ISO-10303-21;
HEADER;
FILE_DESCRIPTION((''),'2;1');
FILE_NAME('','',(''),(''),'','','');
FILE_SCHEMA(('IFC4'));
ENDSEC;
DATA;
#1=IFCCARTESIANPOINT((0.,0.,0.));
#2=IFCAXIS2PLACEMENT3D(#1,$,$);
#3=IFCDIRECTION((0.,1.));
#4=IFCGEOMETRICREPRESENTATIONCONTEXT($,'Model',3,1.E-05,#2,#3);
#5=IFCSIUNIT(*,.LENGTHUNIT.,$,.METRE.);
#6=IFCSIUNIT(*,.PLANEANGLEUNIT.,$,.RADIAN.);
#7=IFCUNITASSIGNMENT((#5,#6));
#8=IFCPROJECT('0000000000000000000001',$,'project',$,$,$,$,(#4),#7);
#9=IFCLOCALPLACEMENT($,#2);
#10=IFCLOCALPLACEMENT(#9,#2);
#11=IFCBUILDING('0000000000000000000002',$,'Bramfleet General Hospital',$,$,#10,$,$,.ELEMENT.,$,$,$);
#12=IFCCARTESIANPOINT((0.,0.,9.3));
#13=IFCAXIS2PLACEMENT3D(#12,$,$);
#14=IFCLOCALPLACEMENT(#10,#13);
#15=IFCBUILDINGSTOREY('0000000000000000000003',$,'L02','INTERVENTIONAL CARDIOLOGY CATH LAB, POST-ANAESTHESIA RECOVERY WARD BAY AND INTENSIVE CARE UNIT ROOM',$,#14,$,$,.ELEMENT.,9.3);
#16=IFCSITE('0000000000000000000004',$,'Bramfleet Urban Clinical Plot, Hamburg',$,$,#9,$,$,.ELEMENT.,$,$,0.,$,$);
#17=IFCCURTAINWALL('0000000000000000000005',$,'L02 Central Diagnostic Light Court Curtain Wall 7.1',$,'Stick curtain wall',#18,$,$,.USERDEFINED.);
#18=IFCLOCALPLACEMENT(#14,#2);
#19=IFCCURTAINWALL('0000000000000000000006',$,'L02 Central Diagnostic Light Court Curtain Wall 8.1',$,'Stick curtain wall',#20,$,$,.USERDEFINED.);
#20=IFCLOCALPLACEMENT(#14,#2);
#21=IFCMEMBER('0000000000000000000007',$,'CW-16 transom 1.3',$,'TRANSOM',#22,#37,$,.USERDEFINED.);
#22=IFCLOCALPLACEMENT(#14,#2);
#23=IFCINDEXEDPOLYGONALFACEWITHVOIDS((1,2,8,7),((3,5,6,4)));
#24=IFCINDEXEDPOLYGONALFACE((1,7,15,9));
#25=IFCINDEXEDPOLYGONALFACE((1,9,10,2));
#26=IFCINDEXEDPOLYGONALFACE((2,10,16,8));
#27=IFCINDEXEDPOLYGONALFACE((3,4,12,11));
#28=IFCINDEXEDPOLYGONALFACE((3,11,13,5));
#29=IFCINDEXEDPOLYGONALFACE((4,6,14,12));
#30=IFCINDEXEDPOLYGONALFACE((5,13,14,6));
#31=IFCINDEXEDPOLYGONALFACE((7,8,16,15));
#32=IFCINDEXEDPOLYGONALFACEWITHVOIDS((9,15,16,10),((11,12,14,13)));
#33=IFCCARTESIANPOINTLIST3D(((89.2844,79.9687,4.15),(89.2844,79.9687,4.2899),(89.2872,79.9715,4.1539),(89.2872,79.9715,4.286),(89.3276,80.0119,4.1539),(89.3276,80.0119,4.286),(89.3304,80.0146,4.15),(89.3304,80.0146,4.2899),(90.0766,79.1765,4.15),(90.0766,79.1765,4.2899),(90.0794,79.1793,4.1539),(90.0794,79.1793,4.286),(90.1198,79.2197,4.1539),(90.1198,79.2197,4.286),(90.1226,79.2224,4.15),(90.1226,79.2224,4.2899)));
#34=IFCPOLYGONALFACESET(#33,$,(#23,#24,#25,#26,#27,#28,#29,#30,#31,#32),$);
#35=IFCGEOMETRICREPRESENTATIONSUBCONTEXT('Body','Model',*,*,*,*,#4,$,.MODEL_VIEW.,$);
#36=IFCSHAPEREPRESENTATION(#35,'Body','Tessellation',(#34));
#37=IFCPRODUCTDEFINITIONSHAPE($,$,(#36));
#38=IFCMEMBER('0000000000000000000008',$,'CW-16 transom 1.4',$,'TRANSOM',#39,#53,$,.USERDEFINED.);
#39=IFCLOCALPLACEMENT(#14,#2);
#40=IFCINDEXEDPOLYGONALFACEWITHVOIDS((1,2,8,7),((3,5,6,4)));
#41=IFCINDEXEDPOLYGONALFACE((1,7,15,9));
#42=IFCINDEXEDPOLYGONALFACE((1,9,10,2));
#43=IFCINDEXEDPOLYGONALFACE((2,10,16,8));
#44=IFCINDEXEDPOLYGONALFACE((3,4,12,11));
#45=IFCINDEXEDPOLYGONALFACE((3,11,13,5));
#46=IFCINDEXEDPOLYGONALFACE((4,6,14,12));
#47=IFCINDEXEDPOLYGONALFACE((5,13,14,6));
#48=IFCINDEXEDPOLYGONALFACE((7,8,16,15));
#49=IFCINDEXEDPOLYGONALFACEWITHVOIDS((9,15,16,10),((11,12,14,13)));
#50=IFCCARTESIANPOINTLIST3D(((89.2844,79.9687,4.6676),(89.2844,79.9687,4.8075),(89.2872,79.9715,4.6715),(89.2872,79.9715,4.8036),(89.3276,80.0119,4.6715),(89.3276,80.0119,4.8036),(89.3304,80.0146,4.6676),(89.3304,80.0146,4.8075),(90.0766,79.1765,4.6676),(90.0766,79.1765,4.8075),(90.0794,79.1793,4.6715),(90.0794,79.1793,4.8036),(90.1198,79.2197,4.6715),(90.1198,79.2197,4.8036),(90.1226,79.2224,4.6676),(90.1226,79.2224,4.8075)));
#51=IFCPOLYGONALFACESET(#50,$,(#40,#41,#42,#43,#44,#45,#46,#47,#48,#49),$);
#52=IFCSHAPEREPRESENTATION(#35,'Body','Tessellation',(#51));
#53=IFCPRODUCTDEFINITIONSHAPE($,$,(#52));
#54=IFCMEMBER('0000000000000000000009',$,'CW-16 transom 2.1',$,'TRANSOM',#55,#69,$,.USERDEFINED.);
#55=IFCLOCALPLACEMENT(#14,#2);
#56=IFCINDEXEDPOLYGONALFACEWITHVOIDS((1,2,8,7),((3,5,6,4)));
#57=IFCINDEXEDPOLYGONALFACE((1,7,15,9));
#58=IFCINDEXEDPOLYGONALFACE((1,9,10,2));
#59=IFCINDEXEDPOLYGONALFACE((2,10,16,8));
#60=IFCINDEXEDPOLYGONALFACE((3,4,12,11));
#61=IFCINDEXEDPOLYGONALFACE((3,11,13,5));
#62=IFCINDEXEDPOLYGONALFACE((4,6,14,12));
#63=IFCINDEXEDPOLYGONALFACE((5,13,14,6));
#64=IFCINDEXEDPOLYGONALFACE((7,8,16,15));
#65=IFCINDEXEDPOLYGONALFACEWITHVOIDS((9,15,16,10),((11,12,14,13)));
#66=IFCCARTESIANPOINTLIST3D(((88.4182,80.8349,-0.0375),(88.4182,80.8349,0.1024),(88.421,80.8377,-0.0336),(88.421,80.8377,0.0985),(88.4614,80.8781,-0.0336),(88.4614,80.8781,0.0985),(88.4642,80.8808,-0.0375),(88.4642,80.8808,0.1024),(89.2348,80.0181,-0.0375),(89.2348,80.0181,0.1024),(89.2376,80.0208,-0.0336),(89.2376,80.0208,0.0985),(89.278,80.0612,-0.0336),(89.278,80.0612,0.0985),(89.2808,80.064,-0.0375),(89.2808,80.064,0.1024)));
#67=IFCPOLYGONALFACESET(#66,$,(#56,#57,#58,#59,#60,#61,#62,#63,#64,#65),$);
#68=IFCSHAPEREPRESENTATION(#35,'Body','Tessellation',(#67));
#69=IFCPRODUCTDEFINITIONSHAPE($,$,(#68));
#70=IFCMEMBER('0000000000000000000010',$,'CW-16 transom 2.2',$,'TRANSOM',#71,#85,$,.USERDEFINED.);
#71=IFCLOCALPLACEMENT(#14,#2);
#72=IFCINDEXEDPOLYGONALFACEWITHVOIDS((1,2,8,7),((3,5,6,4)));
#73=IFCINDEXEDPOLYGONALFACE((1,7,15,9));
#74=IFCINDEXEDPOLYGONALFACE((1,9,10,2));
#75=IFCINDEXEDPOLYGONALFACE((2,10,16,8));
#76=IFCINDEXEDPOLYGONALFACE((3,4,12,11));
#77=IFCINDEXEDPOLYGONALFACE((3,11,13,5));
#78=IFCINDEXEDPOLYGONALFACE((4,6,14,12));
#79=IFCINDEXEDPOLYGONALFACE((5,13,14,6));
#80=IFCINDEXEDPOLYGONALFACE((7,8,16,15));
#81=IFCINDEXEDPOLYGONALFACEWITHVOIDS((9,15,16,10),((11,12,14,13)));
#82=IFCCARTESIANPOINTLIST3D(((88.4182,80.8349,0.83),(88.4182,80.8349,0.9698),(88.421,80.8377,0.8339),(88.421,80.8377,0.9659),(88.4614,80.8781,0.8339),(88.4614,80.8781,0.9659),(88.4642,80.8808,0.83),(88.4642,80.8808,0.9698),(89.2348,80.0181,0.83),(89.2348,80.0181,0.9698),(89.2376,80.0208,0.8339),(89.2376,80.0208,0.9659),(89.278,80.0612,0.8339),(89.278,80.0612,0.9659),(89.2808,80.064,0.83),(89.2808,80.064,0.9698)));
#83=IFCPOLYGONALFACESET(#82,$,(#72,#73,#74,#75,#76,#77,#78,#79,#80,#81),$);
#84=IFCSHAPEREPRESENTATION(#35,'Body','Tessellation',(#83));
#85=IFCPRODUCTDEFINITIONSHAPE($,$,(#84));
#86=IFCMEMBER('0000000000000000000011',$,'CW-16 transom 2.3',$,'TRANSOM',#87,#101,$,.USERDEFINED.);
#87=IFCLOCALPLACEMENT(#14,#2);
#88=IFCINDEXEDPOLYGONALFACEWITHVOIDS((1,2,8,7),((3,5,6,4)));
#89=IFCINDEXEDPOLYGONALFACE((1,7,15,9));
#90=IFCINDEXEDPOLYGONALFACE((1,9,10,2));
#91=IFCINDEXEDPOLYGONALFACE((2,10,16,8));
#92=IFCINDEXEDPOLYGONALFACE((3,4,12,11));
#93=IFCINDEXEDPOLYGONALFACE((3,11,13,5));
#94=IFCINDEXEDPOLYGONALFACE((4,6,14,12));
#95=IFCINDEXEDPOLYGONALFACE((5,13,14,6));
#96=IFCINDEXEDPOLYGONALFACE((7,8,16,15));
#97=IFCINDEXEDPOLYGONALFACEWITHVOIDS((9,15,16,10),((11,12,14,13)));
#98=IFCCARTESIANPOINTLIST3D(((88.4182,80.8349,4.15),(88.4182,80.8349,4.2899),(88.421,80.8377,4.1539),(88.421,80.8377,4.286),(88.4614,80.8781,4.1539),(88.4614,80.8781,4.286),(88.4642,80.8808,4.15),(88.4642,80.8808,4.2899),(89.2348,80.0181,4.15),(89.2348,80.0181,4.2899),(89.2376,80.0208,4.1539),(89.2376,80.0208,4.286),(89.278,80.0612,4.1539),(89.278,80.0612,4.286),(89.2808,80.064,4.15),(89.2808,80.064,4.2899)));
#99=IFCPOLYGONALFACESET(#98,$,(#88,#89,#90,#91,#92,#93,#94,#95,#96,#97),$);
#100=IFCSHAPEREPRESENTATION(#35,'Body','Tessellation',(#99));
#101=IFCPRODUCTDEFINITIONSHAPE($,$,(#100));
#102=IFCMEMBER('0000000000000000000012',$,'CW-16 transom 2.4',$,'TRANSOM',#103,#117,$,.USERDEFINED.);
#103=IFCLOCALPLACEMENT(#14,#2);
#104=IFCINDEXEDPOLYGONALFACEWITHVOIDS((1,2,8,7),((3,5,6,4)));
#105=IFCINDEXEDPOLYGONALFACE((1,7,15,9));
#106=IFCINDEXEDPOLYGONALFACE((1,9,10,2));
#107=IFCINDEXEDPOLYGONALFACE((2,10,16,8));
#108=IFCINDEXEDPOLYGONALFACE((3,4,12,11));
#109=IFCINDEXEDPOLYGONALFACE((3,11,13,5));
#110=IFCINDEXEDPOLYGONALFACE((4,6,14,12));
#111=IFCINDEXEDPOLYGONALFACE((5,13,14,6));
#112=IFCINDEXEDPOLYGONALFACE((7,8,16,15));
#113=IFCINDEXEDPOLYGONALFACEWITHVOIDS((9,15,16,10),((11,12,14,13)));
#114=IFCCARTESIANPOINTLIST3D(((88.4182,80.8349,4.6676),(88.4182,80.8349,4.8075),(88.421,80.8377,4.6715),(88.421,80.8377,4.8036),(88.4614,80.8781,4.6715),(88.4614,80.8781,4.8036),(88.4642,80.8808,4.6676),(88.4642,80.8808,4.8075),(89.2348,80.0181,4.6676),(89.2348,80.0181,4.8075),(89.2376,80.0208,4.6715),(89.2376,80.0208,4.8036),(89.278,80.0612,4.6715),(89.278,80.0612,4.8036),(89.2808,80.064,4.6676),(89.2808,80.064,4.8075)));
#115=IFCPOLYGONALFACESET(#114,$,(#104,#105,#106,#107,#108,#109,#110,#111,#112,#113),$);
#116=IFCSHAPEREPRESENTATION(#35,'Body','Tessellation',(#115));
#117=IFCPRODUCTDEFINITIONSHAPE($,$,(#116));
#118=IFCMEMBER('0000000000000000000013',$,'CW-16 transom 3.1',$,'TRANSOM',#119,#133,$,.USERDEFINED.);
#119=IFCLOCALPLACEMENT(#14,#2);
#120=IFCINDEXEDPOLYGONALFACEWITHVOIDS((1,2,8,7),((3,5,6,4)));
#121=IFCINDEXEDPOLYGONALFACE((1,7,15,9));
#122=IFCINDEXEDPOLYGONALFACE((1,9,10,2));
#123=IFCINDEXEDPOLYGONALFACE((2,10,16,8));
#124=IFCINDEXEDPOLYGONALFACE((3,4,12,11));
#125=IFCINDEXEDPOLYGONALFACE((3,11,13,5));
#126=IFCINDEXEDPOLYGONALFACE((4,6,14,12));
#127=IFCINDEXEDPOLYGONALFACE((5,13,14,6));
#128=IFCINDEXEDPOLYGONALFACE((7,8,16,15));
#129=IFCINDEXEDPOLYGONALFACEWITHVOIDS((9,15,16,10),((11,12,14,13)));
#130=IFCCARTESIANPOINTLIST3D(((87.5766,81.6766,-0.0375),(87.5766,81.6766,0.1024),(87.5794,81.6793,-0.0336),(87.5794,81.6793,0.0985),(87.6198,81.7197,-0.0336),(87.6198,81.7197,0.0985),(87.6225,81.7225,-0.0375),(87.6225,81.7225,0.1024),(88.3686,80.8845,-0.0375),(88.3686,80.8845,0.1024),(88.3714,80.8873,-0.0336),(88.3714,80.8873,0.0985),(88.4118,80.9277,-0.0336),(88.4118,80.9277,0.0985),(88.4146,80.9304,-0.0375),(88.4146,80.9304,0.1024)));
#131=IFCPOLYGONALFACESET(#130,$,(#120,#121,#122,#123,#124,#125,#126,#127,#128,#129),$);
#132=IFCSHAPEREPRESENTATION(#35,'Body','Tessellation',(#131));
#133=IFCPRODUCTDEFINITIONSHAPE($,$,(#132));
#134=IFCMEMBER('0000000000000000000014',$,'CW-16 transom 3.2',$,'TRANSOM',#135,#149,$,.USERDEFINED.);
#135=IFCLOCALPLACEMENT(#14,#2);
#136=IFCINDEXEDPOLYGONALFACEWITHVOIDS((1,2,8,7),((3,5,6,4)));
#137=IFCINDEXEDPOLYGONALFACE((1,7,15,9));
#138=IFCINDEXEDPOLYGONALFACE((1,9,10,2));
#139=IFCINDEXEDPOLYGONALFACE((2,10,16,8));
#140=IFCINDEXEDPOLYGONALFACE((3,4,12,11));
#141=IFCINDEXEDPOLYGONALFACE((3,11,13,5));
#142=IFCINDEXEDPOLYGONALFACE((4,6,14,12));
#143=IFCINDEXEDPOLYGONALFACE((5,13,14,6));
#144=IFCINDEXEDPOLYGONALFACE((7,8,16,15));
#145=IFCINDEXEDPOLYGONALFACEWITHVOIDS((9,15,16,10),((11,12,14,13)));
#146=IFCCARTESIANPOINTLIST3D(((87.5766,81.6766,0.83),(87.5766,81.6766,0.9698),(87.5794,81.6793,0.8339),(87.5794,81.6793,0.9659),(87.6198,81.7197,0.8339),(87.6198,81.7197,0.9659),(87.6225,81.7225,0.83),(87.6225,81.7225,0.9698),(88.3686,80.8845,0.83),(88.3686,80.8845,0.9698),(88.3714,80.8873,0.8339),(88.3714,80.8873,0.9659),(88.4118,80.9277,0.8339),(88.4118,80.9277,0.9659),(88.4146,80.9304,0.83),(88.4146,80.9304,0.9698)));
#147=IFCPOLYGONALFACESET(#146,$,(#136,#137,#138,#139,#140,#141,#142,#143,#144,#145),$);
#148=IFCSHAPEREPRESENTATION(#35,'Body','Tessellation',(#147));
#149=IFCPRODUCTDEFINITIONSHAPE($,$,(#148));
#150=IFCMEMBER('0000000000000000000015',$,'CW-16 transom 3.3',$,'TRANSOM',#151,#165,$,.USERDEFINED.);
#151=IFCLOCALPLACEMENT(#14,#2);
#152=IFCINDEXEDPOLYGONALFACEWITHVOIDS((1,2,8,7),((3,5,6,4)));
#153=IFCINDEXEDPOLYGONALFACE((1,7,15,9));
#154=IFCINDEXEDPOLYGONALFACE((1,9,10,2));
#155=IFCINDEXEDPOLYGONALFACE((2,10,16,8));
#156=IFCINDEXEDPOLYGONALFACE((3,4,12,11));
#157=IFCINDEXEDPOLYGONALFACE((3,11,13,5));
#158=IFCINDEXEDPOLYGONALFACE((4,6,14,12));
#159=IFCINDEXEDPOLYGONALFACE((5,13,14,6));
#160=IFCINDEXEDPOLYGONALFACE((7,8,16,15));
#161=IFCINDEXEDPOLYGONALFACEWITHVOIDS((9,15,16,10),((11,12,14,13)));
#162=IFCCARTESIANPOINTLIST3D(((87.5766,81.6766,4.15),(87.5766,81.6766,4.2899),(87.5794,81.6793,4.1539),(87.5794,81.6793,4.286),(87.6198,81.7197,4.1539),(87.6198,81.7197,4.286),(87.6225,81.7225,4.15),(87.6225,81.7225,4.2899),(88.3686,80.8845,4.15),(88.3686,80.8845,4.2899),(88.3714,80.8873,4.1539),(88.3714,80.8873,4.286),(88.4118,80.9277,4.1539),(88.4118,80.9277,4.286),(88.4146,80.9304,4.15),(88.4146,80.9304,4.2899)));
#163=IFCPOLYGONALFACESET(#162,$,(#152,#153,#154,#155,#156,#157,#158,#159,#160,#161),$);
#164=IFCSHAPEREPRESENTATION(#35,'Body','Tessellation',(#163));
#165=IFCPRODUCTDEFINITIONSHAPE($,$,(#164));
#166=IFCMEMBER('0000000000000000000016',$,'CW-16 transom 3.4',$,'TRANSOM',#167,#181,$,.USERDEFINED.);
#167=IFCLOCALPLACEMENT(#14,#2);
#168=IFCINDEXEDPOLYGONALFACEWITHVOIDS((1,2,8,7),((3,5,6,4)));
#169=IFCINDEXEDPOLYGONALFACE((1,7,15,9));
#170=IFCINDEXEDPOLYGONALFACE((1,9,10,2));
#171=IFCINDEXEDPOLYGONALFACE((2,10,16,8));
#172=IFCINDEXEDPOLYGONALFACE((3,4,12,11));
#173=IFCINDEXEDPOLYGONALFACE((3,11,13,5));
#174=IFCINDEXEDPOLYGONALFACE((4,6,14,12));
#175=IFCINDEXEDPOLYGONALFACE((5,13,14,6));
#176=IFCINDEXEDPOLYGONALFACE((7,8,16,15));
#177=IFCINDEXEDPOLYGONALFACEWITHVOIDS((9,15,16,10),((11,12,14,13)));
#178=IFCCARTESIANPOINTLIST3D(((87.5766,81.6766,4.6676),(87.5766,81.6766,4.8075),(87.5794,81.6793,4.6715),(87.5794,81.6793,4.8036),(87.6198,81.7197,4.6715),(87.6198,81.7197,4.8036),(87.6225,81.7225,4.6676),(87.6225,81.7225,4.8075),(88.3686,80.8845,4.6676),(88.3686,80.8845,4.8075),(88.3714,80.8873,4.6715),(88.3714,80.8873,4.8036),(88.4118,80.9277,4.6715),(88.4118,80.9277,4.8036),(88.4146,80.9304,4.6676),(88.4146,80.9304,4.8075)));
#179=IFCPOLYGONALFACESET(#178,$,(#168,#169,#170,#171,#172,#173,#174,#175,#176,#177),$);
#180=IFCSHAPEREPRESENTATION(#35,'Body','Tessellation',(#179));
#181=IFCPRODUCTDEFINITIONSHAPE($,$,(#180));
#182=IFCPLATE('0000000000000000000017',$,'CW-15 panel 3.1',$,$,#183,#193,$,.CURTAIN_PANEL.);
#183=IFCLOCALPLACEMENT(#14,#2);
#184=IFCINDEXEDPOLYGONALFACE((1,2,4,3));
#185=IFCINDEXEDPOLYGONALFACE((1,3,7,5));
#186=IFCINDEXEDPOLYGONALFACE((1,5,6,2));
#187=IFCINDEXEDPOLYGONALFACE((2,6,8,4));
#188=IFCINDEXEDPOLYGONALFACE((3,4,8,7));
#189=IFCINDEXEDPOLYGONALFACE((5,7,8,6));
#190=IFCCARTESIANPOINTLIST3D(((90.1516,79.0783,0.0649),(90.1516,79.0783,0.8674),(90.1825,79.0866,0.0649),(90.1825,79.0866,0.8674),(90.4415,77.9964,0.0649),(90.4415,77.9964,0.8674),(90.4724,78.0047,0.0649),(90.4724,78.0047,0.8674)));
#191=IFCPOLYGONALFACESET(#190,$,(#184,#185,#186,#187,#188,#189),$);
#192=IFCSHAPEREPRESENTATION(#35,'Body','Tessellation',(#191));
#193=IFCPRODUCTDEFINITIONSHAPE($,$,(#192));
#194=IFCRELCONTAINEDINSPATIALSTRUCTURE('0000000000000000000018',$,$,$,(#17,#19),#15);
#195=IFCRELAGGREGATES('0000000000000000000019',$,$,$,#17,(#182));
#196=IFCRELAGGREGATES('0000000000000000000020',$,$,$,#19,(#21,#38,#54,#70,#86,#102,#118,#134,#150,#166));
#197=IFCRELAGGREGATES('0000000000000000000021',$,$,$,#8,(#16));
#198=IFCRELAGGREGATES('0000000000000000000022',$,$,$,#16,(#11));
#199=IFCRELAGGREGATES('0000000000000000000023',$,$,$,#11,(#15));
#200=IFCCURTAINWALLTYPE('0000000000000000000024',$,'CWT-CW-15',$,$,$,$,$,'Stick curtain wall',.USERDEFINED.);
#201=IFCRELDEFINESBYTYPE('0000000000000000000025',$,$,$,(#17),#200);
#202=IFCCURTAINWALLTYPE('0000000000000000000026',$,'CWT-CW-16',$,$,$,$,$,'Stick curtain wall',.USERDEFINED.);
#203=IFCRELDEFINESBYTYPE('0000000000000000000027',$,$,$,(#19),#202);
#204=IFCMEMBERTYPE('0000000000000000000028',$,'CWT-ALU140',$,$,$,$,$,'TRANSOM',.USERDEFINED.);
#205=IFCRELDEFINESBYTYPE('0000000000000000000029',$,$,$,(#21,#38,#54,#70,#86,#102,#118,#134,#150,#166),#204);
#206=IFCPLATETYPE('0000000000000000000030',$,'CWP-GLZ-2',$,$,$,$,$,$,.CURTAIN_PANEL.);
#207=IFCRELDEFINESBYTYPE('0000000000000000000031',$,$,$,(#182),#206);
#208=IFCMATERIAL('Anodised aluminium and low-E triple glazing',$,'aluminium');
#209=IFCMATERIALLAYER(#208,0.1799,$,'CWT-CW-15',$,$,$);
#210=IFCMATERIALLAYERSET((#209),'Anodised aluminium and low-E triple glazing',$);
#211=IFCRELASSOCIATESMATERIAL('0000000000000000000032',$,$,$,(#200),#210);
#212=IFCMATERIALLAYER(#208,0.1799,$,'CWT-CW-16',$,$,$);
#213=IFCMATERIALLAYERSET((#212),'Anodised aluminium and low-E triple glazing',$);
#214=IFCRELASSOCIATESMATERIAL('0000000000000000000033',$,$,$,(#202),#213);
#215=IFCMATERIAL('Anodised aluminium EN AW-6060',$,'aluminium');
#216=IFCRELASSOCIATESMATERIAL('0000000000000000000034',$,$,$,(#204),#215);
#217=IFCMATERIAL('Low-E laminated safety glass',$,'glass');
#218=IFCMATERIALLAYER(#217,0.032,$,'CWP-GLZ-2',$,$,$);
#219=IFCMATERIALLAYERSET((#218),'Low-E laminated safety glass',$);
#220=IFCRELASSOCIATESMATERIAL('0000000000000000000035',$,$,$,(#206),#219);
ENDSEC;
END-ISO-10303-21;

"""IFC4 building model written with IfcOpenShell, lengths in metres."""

from ifc_helpers import new_model, si_unit, direction, frame, origin, origin_2d, place, context, subcontext, project, spatial, rectangle, hollow_rectangle, extrude, material, layer, layer_set, material_profile, profile_set, type_object, element, aggregate, save


model = new_model("IFC4")

# Units and contexts
model_context = context("Model", 3, precision=1e-05, world=origin(), true_north=direction((0.0, 1.0)))
body_context = subcontext(model_context, "Body", "Model", "MODEL_VIEW")
ifc_project = project(units=[si_unit("LENGTHUNIT", "METRE"), si_unit("PLANEANGLEUNIT", "RADIAN")], contexts=[model_context])

# Site, building, storey
site_placement = place(None, origin())
site = spatial("IfcSite", under=ifc_project, at=site_placement, Name="Bramfleet Urban Clinical Plot, Hamburg", CompositionType="ELEMENT", RefElevation=0.0)
building_placement = place(site_placement, origin())
building = spatial("IfcBuilding", under=site, at=building_placement, Name="Bramfleet General Hospital", CompositionType="ELEMENT")
storey_placement = place(building_placement, frame((0.0, 0.0, 9.3)))
storey = spatial("IfcBuildingStorey", under=building, at=storey_placement, Name="L02", Description="INTERVENTIONAL CARDIOLOGY CATH LAB, POST-ANAESTHESIA RECOVERY WARD BAY AND INTENSIVE CARE UNIT ROOM", CompositionType="ELEMENT", Elevation=9.3)

# Curtain walls
ifc_material_1 = material(Name="Anodised aluminium and low-E triple glazing", Category="aluminium")
ifc_layer_1 = layer(ifc_material_1, 0.1799, Name="CWT-CW-15")
ifc_layer_set_1 = layer_set([ifc_layer_1], Name="Anodised aluminium and low-E triple glazing")
curtain_wall_type_1 = type_object("IfcCurtainWallType", Name="CWT-CW-15", ElementType="Stick curtain wall", PredefinedType="USERDEFINED", material=ifc_layer_set_1)
curtain_wall_1_placement = place(storey_placement, origin())
curtain_wall_1 = element("IfcCurtainWall", 1, at=curtain_wall_1_placement, inside=storey, type_object=curtain_wall_type_1, Name="L02 Central Diagnostic Light Court Curtain Wall 7.1", ObjectType="Stick curtain wall", PredefinedType="USERDEFINED")
ifc_material_2 = material(Name="Anodised aluminium EN AW-6060", Category="aluminium")
ifc_layer_2 = layer(ifc_material_1, 0.1799, Name="CWT-CW-16")
ifc_layer_set_2 = layer_set([ifc_layer_2], Name="Anodised aluminium and low-E triple glazing")
curtain_wall_type_2 = type_object("IfcCurtainWallType", Name="CWT-CW-16", ElementType="Stick curtain wall", PredefinedType="USERDEFINED", material=ifc_layer_set_2)
curtain_wall_2_placement = place(storey_placement, origin())
curtain_wall_2 = element("IfcCurtainWall", 2, at=curtain_wall_2_placement, inside=storey, type_object=curtain_wall_type_2, Name="L02 Central Diagnostic Light Court Curtain Wall 8.1", ObjectType="Stick curtain wall", PredefinedType="USERDEFINED")

# Members
ifc_material_profile_1 = material_profile(ifc_material_2, hollow_rectangle(XDim=0.0649, YDim=0.1399, WallThickness=0.0039, at=origin_2d()), Name="ALU 140x65x4.0")
ifc_profile_set_1 = profile_set([ifc_material_profile_1], Name="Anodised aluminium EN AW-6060")
member_type_1 = type_object("IfcMemberType", Name="CWT-ALU140", ElementType="TRANSOM", PredefinedType="USERDEFINED", material=ifc_profile_set_1)
member_1_placement = place(storey_placement, frame((90.0996, 79.1995, 4.22), z_axis=(-0.707107, 0.707107, 0.0), x_axis=(-0.707107, -0.707107, 0.0)))
member_1 = element("IfcMember", 3, at=member_1_placement, type_object=member_type_1, Name="CW-16 transom 1.3", ObjectType="TRANSOM", PredefinedType="USERDEFINED", context=body_context, shape_type="SweptSolid", body=[
    extrude(hollow_rectangle(XDim=0.0649, YDim=0.1399, WallThickness=0.0039, at=origin_2d()), origin(), (0.0, 0.0, 1.0), 1.1204),
])
member_2_placement = place(storey_placement, frame((90.0996, 79.1995, 4.7375), z_axis=(-0.707107, 0.707107, 0.0), x_axis=(-0.707107, -0.707107, 0.0)))
member_2 = element("IfcMember", 4, at=member_2_placement, type_object=member_type_1, Name="CW-16 transom 1.4", ObjectType="TRANSOM", PredefinedType="USERDEFINED", context=body_context, shape_type="SweptSolid", body=[
    extrude(hollow_rectangle(XDim=0.0649, YDim=0.1399, WallThickness=0.0039, at=origin_2d()), origin(), (0.0, 0.0, 1.0), 1.1204),
])
member_3_placement = place(storey_placement, frame((89.2578, 80.041, 0.0325), z_axis=(-0.707001, 0.707212, 0.0), x_axis=(-0.707212, -0.707001, 0.0)))
member_3 = element("IfcMember", 5, at=member_3_placement, type_object=member_type_1, Name="CW-16 transom 2.1", ObjectType="TRANSOM", PredefinedType="USERDEFINED", context=body_context, shape_type="SweptSolid", body=[
    extrude(hollow_rectangle(XDim=0.0649, YDim=0.1399, WallThickness=0.0039, at=origin_2d()), origin(), (0.0, 0.0, 1.0), 1.155),
])
member_4_placement = place(storey_placement, frame((89.2578, 80.041, 0.8999), z_axis=(-0.707001, 0.707212, 0.0), x_axis=(-0.707212, -0.707001, 0.0)))
member_4 = element("IfcMember", 6, at=member_4_placement, type_object=member_type_1, Name="CW-16 transom 2.2", ObjectType="TRANSOM", PredefinedType="USERDEFINED", context=body_context, shape_type="SweptSolid", body=[
    extrude(hollow_rectangle(XDim=0.0649, YDim=0.1399, WallThickness=0.0039, at=origin_2d()), origin(), (0.0, 0.0, 1.0), 1.155),
])
member_5_placement = place(storey_placement, frame((89.2578, 80.041, 4.22), z_axis=(-0.707001, 0.707212, 0.0), x_axis=(-0.707212, -0.707001, 0.0)))
member_5 = element("IfcMember", 7, at=member_5_placement, type_object=member_type_1, Name="CW-16 transom 2.3", ObjectType="TRANSOM", PredefinedType="USERDEFINED", context=body_context, shape_type="SweptSolid", body=[
    extrude(hollow_rectangle(XDim=0.0649, YDim=0.1399, WallThickness=0.0039, at=origin_2d()), origin(), (0.0, 0.0, 1.0), 1.155),
])
member_6_placement = place(storey_placement, frame((89.2578, 80.041, 4.7375), z_axis=(-0.707001, 0.707212, 0.0), x_axis=(-0.707212, -0.707001, 0.0)))
member_6 = element("IfcMember", 8, at=member_6_placement, type_object=member_type_1, Name="CW-16 transom 2.4", ObjectType="TRANSOM", PredefinedType="USERDEFINED", context=body_context, shape_type="SweptSolid", body=[
    extrude(hollow_rectangle(XDim=0.0649, YDim=0.1399, WallThickness=0.0039, at=origin_2d()), origin(), (0.0, 0.0, 1.0), 1.155),
])
member_7_placement = place(storey_placement, frame((88.3916, 80.9075, 0.0325), z_axis=(-0.707107, 0.707107, 0.0), x_axis=(-0.707107, -0.707107, 0.0)))
member_7 = element("IfcMember", 9, at=member_7_placement, type_object=member_type_1, Name="CW-16 transom 3.1", ObjectType="TRANSOM", PredefinedType="USERDEFINED", context=body_context, shape_type="SweptSolid", body=[
    extrude(hollow_rectangle(XDim=0.0649, YDim=0.1399, WallThickness=0.0039, at=origin_2d()), origin(), (0.0, 0.0, 1.0), 1.1201),
])
member_8_placement = place(storey_placement, frame((88.3916, 80.9075, 0.8999), z_axis=(-0.707107, 0.707107, 0.0), x_axis=(-0.707107, -0.707107, 0.0)))
member_8 = element("IfcMember", 10, at=member_8_placement, type_object=member_type_1, Name="CW-16 transom 3.2", ObjectType="TRANSOM", PredefinedType="USERDEFINED", context=body_context, shape_type="SweptSolid", body=[
    extrude(hollow_rectangle(XDim=0.0649, YDim=0.1399, WallThickness=0.0039, at=origin_2d()), origin(), (0.0, 0.0, 1.0), 1.1201),
])
member_9_placement = place(storey_placement, frame((88.3916, 80.9075, 4.22), z_axis=(-0.707107, 0.707107, 0.0), x_axis=(-0.707107, -0.707107, 0.0)))
member_9 = element("IfcMember", 11, at=member_9_placement, type_object=member_type_1, Name="CW-16 transom 3.3", ObjectType="TRANSOM", PredefinedType="USERDEFINED", context=body_context, shape_type="SweptSolid", body=[
    extrude(hollow_rectangle(XDim=0.0649, YDim=0.1399, WallThickness=0.0039, at=origin_2d()), origin(), (0.0, 0.0, 1.0), 1.1201),
])
member_10_placement = place(storey_placement, frame((88.3916, 80.9075, 4.7375), z_axis=(-0.707107, 0.707107, 0.0), x_axis=(-0.707107, -0.707107, 0.0)))
member_10 = element("IfcMember", 12, at=member_10_placement, type_object=member_type_1, Name="CW-16 transom 3.4", ObjectType="TRANSOM", PredefinedType="USERDEFINED", context=body_context, shape_type="SweptSolid", body=[
    extrude(hollow_rectangle(XDim=0.0649, YDim=0.1399, WallThickness=0.0039, at=origin_2d()), origin(), (0.0, 0.0, 1.0), 1.1201),
])

# Plate
ifc_material_3 = material(Name="Low-E laminated safety glass", Category="glass")
ifc_layer_3 = layer(ifc_material_3, 0.032, Name="CWP-GLZ-2")
ifc_layer_set_3 = layer_set([ifc_layer_3], Name="Low-E laminated safety glass")
plate_type = type_object("IfcPlateType", Name="CWP-GLZ-2", PredefinedType="CURTAIN_PANEL", material=ifc_layer_set_3)
plate_1_placement = place(storey_placement, frame((90.312, 78.5415, 0.0649), z_axis=(0.0, 0.0, 1.0), x_axis=(-0.258763, 0.965941, 0.0)))
plate_1 = element("IfcPlate", 13, at=plate_1_placement, type_object=plate_type, Name="CW-15 panel 3.1", PredefinedType="CURTAIN_PANEL", context=body_context, shape_type="SweptSolid", body=[
    extrude(rectangle(XDim=1.1201, YDim=0.032, at=origin_2d()), origin(), (0.0, 0.0, 1.0), 0.8025),
])
aggregate(curtain_wall_1, [plate_1])
aggregate(curtain_wall_2, [member_1, member_2, member_3, member_4, member_5, member_6, member_7, member_8, member_9, member_10])

save(model, "model.ifc")
